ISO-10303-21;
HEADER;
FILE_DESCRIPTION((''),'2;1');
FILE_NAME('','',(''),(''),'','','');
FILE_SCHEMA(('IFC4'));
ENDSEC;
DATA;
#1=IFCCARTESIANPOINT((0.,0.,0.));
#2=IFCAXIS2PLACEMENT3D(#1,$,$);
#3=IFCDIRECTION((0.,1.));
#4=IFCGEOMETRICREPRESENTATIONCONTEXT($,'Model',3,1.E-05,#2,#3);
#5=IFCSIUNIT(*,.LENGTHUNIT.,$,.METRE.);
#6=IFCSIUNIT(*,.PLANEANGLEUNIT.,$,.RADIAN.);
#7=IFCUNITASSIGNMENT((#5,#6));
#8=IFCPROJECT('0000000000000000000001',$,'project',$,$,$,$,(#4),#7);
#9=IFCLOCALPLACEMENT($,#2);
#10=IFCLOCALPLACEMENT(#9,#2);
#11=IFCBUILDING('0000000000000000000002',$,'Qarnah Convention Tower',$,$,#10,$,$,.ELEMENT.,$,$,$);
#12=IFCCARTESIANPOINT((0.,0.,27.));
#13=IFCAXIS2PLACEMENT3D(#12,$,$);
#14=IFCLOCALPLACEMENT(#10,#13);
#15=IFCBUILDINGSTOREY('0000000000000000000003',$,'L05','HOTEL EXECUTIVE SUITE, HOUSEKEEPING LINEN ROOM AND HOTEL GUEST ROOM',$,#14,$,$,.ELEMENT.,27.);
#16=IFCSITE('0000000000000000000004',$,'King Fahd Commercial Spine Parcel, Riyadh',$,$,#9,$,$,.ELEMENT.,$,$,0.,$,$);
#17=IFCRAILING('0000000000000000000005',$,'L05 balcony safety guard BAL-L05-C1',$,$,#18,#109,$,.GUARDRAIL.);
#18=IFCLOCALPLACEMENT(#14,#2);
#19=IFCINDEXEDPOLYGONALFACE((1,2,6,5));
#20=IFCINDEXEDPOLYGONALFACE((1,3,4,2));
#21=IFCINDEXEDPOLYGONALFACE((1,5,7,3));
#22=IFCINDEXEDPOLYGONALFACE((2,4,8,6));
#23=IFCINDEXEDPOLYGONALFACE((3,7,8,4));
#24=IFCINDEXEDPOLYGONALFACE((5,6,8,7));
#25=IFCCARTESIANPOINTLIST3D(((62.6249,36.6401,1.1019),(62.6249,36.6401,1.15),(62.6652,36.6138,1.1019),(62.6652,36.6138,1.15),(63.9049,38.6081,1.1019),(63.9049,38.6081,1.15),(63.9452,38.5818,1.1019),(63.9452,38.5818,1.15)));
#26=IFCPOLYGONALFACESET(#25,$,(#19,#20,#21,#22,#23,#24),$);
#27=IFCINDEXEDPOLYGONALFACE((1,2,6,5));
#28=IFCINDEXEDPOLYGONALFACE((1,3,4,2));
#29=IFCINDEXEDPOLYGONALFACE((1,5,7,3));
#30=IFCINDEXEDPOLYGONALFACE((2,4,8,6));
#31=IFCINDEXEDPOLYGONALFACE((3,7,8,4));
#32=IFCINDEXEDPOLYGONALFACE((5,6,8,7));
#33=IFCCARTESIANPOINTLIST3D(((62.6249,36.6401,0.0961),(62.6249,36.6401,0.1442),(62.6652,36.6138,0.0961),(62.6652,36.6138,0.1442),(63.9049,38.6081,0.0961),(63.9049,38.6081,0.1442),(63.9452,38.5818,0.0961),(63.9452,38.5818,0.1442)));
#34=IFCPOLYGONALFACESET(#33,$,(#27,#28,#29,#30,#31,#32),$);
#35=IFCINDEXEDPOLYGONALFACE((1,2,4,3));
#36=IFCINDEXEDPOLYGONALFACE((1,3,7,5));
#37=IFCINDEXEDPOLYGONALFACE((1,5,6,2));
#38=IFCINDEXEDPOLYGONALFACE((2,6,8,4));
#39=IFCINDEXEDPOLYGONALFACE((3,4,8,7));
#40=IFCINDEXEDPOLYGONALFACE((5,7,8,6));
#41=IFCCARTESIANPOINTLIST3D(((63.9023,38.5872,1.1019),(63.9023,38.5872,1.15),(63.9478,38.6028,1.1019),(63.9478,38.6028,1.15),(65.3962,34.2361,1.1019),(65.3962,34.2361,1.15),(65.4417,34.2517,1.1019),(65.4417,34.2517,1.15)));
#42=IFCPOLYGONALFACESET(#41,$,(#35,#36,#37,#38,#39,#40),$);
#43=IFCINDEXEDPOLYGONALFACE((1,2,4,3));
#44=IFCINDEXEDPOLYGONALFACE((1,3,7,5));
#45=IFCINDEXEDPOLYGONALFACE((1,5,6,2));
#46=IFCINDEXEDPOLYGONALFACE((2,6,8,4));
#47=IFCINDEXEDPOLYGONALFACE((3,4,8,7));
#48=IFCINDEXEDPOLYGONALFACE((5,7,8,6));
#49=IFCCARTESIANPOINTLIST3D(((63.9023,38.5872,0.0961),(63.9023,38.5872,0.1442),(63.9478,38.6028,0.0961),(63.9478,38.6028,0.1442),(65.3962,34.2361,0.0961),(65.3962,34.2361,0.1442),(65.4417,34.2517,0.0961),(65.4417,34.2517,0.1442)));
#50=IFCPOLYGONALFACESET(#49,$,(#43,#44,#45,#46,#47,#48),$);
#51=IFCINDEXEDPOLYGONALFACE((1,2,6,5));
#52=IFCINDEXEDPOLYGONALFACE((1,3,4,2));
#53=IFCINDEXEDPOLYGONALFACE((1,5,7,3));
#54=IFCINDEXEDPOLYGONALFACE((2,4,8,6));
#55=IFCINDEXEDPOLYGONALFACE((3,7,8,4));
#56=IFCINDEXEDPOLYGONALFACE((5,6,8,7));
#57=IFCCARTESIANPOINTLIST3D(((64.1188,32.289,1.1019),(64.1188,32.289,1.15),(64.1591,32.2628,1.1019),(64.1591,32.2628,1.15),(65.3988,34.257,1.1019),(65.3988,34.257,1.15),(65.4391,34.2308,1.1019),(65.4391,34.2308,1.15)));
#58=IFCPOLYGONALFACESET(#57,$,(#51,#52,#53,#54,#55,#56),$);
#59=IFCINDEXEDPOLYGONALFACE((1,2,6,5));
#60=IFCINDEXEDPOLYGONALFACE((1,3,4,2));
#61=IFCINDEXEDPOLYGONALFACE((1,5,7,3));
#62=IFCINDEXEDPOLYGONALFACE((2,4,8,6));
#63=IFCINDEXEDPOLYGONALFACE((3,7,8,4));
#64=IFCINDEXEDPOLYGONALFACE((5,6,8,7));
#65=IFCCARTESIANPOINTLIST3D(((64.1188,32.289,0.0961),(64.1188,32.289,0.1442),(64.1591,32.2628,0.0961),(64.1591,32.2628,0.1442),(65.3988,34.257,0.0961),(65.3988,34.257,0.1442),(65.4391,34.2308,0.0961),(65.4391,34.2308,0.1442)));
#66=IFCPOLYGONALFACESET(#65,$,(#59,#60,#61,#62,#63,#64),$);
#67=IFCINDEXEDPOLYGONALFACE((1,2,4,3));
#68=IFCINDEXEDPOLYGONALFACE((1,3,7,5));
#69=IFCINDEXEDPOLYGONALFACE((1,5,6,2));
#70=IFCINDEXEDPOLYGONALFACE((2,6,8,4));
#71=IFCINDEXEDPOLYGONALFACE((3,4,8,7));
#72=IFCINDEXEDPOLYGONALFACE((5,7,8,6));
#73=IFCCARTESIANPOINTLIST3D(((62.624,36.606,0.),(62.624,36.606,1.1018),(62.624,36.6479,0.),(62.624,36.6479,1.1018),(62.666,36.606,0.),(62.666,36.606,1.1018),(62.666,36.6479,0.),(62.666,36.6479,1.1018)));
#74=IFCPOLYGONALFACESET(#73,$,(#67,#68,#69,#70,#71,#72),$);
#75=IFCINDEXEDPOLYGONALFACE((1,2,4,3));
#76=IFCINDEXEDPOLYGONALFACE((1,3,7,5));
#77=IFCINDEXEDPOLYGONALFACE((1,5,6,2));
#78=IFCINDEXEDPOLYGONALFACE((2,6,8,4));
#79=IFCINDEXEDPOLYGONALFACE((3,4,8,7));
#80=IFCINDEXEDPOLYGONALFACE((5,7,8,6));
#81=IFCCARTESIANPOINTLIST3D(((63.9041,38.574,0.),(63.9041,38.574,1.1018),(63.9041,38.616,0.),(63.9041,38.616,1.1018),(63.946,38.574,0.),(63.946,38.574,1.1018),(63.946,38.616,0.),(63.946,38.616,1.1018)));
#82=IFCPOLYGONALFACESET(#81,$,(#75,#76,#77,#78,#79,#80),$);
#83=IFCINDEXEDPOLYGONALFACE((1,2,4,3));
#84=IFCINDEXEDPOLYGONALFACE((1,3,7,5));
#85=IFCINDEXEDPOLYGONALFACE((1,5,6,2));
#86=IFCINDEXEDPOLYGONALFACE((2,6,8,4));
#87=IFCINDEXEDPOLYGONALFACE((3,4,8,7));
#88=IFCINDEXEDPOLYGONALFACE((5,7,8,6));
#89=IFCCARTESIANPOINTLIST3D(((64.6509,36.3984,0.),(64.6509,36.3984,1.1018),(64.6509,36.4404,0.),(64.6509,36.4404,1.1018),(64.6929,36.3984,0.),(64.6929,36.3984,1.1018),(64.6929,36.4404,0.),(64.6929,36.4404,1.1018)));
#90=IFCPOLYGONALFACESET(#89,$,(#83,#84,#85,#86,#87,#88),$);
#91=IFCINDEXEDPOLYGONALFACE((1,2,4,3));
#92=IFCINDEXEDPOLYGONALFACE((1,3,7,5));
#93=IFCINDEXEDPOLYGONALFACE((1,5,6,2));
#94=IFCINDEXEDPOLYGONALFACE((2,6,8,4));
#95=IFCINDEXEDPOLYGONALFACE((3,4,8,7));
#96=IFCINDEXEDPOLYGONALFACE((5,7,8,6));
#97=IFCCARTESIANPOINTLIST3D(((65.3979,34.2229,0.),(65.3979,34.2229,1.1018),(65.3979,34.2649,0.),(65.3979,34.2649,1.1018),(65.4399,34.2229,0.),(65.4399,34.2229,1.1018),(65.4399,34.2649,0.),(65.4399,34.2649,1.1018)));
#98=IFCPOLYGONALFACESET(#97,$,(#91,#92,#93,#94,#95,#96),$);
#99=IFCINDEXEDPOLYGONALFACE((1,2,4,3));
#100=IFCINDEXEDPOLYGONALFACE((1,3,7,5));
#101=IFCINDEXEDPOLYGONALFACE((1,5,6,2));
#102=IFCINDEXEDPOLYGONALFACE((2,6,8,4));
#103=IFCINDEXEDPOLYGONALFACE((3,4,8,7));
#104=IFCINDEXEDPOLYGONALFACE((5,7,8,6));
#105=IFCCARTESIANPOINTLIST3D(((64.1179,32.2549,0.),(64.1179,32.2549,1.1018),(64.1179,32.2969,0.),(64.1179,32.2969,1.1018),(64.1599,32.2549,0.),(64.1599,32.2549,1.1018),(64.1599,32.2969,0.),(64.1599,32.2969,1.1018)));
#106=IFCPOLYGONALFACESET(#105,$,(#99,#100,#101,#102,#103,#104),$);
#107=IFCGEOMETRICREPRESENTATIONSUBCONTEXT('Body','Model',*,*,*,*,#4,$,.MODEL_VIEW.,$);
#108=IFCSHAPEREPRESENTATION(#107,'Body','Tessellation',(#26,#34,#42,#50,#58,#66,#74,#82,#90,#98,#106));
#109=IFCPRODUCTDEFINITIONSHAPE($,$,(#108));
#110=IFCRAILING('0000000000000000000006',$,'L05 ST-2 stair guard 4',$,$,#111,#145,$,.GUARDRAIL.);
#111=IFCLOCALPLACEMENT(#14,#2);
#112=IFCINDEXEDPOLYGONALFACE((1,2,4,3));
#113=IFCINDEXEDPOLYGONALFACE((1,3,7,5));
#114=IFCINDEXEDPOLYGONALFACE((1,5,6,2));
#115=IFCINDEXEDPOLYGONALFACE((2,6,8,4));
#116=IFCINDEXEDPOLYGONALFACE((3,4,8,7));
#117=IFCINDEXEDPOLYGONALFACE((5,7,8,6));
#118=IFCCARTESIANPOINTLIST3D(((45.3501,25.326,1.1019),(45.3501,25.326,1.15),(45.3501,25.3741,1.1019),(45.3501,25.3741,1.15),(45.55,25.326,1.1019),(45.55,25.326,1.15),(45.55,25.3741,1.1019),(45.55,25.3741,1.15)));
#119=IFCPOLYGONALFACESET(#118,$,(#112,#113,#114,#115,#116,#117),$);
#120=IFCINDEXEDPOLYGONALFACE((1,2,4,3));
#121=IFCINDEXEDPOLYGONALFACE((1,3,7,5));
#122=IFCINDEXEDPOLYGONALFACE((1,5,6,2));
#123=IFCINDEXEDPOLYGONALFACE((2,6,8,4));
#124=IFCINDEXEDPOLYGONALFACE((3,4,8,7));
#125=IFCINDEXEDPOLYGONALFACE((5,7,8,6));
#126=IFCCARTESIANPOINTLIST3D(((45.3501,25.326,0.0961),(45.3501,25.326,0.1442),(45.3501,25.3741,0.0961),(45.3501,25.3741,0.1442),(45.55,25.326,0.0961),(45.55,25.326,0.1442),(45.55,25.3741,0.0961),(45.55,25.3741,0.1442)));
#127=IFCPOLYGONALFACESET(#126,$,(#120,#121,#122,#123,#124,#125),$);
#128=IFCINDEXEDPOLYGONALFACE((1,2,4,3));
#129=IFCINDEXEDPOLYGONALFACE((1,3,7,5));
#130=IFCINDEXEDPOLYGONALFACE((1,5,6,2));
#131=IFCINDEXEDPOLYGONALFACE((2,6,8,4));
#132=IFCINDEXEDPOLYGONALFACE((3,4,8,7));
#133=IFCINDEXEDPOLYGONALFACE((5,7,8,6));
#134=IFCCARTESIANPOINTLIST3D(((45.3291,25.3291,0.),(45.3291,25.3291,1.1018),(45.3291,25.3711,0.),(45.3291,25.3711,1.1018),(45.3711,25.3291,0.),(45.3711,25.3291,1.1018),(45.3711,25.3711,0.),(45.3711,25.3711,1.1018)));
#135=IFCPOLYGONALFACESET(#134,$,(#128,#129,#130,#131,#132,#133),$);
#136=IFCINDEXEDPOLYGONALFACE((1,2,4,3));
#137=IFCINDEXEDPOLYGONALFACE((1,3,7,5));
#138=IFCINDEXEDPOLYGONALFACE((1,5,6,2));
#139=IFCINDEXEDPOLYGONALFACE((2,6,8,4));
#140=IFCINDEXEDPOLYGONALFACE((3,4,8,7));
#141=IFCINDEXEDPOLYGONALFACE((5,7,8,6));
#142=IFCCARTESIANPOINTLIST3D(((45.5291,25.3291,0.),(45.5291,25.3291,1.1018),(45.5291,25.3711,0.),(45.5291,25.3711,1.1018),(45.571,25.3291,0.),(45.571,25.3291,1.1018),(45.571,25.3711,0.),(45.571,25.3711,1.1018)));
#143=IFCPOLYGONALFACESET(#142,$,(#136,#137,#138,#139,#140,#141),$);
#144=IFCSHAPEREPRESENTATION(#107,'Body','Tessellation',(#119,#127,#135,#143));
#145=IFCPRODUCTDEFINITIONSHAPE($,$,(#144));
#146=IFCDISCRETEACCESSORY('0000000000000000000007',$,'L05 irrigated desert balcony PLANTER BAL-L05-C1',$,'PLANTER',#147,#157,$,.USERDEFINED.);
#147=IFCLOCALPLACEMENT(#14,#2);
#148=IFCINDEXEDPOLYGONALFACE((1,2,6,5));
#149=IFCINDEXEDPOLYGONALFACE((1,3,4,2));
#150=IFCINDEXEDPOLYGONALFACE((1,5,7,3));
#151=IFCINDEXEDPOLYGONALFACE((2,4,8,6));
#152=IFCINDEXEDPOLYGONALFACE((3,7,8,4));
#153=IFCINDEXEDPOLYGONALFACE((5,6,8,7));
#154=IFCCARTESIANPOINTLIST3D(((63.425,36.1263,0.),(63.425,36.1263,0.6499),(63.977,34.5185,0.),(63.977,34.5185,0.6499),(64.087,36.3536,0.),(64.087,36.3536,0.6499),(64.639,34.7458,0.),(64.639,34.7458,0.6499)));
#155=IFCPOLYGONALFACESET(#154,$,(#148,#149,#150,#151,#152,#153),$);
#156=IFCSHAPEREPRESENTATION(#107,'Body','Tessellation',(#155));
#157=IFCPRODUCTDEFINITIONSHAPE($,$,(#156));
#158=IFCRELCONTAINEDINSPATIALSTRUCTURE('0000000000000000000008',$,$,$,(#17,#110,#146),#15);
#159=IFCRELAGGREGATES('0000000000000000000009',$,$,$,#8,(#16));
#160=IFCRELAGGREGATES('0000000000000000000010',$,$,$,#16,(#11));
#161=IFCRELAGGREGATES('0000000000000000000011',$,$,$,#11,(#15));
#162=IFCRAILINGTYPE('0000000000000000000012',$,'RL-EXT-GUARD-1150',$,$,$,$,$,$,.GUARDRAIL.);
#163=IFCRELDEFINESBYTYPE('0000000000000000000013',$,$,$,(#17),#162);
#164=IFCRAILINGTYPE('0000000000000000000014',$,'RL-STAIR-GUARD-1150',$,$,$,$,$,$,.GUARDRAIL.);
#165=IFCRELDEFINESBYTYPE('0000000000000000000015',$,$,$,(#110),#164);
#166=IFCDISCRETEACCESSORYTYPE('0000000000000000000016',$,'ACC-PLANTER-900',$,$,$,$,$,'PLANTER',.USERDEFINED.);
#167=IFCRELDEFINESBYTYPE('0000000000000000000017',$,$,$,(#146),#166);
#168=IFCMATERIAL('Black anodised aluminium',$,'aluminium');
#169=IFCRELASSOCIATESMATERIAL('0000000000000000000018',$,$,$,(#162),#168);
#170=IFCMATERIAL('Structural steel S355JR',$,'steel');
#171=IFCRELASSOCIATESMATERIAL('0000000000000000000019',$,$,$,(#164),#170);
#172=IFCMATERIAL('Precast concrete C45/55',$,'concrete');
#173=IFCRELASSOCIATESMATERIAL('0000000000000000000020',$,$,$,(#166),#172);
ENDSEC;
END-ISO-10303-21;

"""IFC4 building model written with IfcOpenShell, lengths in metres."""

from ifc_helpers import new_model, si_unit, direction, frame, origin, origin_2d, place, context, subcontext, project, spatial, rectangle, extrude, material, type_object, element, save


model = new_model("IFC4")

# Units and contexts
model_context = context("Model", 3, precision=1e-05, world=origin(), true_north=direction((0.0, 1.0)))
body_context = subcontext(model_context, "Body", "Model", "MODEL_VIEW")
ifc_project = project(units=[si_unit("LENGTHUNIT", "METRE"), si_unit("PLANEANGLEUNIT", "RADIAN")], contexts=[model_context])

# Site, building, storey
site_placement = place(None, origin())
site = spatial("IfcSite", under=ifc_project, at=site_placement, Name="King Fahd Commercial Spine Parcel, Riyadh", CompositionType="ELEMENT", RefElevation=0.0)
building_placement = place(site_placement, origin())
building = spatial("IfcBuilding", under=site, at=building_placement, Name="Qarnah Convention Tower", CompositionType="ELEMENT")
storey_placement = place(building_placement, frame((0.0, 0.0, 27.0)))
storey = spatial("IfcBuildingStorey", under=building, at=storey_placement, Name="L05", Description="HOTEL EXECUTIVE SUITE, HOUSEKEEPING LINEN ROOM AND HOTEL GUEST ROOM", CompositionType="ELEMENT", Elevation=27.0)

# Shared definitions
ifc_material_1 = material(Name="Structural steel S355JR", Category="steel")

# Shared definitions
ifc_material_2 = material(Name="Black anodised aluminium", Category="aluminium")

# Shared definitions
ifc_material_3 = material(Name="Precast concrete C45/55", Category="concrete")

# Railings
railing_type_1 = type_object("IfcRailingType", Name="RL-EXT-GUARD-1150", PredefinedType="GUARDRAIL", material=ifc_material_2)
railing_1_placement = place(storey_placement, frame((62.645, 36.627, 0.0)))
element("IfcRailing", 1, at=railing_1_placement, inside=storey, type_object=railing_type_1, Name="L05 balcony safety guard BAL-L05-C1", PredefinedType="GUARDRAIL", context=body_context, shape_type="SweptSolid", body=[
    extrude(rectangle(XDim=0.0481, YDim=0.0481, at=origin_2d()), frame((0.0, 0.0, 1.126), z_axis=(0.545233, 0.838284, 0.0), x_axis=(-0.838284, 0.545233, 0.0)), (0.0, 0.0, 1.0), 2.3477),
    extrude(rectangle(XDim=0.0481, YDim=0.0481, at=origin_2d()), frame((0.0, 0.0, 0.1201), z_axis=(0.545233, 0.838284, 0.0), x_axis=(-0.838284, 0.545233, 0.0)), (0.0, 0.0, 1.0), 2.3477),
    extrude(rectangle(XDim=0.0481, YDim=0.0481, at=origin_2d()), frame((1.28, 1.968, 1.126), z_axis=(0.324733, -0.945806, 0.0), x_axis=(0.945806, 0.324733, 0.0)), (0.0, 0.0, 1.0), 4.6003),
    extrude(rectangle(XDim=0.0481, YDim=0.0481, at=origin_2d()), frame((1.28, 1.968, 0.1201), z_axis=(0.324733, -0.945806, 0.0), x_axis=(0.945806, 0.324733, 0.0)), (0.0, 0.0, 1.0), 4.6003),
    extrude(rectangle(XDim=0.0481, YDim=0.0481, at=origin_2d()), frame((2.7739, -2.3831, 1.126), z_axis=(-0.545233, -0.838284, 0.0), x_axis=(0.838284, -0.545233, 0.0)), (0.0, 0.0, 1.0), 2.3477),
    extrude(rectangle(XDim=0.0481, YDim=0.0481, at=origin_2d()), frame((2.7739, -2.3831, 0.1201), z_axis=(-0.545233, -0.838284, 0.0), x_axis=(0.838284, -0.545233, 0.0)), (0.0, 0.0, 1.0), 2.3477),
    extrude(rectangle(XDim=0.042, YDim=0.042, at=origin_2d()), origin(), (0.0, 0.0, 1.0), 1.1018),
    extrude(rectangle(XDim=0.042, YDim=0.042, at=origin_2d()), frame((1.28, 1.968, 0.0)), (0.0, 0.0, 1.0), 1.1018),
    extrude(rectangle(XDim=0.042, YDim=0.042, at=origin_2d()), frame((2.0269, -0.2075, 0.0)), (0.0, 0.0, 1.0), 1.1018),
    extrude(rectangle(XDim=0.042, YDim=0.042, at=origin_2d()), frame((2.7739, -2.3831, 0.0)), (0.0, 0.0, 1.0), 1.1018),
    extrude(rectangle(XDim=0.042, YDim=0.042, at=origin_2d()), frame((1.4939, -4.3511, 0.0)), (0.0, 0.0, 1.0), 1.1018),
])
railing_type_2 = type_object("IfcRailingType", Name="RL-STAIR-GUARD-1150", PredefinedType="GUARDRAIL", material=ifc_material_1)
railing_2_placement = place(storey_placement, frame((45.3501, 25.3501, 0.0)))
element("IfcRailing", 2, at=railing_2_placement, inside=storey, type_object=railing_type_2, Name="L05 ST-2 stair guard 4", PredefinedType="GUARDRAIL", context=body_context, shape_type="SweptSolid", body=[
    extrude(rectangle(XDim=0.0481, YDim=0.0481, at=origin_2d()), frame((0.0, 0.0, 1.126), z_axis=(1.0, 0.0, 0.0), x_axis=(0.0, 1.0, 0.0)), (0.0, 0.0, 1.0), 0.2),
    extrude(rectangle(XDim=0.0481, YDim=0.0481, at=origin_2d()), frame((0.0, 0.0, 0.1201), z_axis=(1.0, 0.0, 0.0), x_axis=(0.0, 1.0, 0.0)), (0.0, 0.0, 1.0), 0.2),
    extrude(rectangle(XDim=0.042, YDim=0.042, at=origin_2d()), origin(), (0.0, 0.0, 1.0), 1.1018),
    extrude(rectangle(XDim=0.042, YDim=0.042, at=origin_2d()), frame((0.2, 0.0, 0.0)), (0.0, 0.0, 1.0), 1.1018),
])

# Discrete accessory
discrete_accessory_type = type_object("IfcDiscreteAccessoryType", Name="ACC-PLANTER-900", ElementType="PLANTER", PredefinedType="USERDEFINED", material=ifc_material_3)
discrete_accessory_placement = place(storey_placement, frame((64.032, 35.436, 0.0), z_axis=(0.0, 0.0, 1.0), x_axis=(-0.324743, 0.945802, 0.0)))
element("IfcDiscreteAccessory", 3, at=discrete_accessory_placement, inside=storey, type_object=discrete_accessory_type, Name="L05 irrigated desert balcony PLANTER BAL-L05-C1", ObjectType="PLANTER", PredefinedType="USERDEFINED", context=body_context, shape_type="SweptSolid", body=[
    extrude(rectangle(XDim=1.7, YDim=0.7, at=origin_2d()), origin(), (0.0, 0.0, 1.0), 0.6499),
])

save(model, "model.ifc")
